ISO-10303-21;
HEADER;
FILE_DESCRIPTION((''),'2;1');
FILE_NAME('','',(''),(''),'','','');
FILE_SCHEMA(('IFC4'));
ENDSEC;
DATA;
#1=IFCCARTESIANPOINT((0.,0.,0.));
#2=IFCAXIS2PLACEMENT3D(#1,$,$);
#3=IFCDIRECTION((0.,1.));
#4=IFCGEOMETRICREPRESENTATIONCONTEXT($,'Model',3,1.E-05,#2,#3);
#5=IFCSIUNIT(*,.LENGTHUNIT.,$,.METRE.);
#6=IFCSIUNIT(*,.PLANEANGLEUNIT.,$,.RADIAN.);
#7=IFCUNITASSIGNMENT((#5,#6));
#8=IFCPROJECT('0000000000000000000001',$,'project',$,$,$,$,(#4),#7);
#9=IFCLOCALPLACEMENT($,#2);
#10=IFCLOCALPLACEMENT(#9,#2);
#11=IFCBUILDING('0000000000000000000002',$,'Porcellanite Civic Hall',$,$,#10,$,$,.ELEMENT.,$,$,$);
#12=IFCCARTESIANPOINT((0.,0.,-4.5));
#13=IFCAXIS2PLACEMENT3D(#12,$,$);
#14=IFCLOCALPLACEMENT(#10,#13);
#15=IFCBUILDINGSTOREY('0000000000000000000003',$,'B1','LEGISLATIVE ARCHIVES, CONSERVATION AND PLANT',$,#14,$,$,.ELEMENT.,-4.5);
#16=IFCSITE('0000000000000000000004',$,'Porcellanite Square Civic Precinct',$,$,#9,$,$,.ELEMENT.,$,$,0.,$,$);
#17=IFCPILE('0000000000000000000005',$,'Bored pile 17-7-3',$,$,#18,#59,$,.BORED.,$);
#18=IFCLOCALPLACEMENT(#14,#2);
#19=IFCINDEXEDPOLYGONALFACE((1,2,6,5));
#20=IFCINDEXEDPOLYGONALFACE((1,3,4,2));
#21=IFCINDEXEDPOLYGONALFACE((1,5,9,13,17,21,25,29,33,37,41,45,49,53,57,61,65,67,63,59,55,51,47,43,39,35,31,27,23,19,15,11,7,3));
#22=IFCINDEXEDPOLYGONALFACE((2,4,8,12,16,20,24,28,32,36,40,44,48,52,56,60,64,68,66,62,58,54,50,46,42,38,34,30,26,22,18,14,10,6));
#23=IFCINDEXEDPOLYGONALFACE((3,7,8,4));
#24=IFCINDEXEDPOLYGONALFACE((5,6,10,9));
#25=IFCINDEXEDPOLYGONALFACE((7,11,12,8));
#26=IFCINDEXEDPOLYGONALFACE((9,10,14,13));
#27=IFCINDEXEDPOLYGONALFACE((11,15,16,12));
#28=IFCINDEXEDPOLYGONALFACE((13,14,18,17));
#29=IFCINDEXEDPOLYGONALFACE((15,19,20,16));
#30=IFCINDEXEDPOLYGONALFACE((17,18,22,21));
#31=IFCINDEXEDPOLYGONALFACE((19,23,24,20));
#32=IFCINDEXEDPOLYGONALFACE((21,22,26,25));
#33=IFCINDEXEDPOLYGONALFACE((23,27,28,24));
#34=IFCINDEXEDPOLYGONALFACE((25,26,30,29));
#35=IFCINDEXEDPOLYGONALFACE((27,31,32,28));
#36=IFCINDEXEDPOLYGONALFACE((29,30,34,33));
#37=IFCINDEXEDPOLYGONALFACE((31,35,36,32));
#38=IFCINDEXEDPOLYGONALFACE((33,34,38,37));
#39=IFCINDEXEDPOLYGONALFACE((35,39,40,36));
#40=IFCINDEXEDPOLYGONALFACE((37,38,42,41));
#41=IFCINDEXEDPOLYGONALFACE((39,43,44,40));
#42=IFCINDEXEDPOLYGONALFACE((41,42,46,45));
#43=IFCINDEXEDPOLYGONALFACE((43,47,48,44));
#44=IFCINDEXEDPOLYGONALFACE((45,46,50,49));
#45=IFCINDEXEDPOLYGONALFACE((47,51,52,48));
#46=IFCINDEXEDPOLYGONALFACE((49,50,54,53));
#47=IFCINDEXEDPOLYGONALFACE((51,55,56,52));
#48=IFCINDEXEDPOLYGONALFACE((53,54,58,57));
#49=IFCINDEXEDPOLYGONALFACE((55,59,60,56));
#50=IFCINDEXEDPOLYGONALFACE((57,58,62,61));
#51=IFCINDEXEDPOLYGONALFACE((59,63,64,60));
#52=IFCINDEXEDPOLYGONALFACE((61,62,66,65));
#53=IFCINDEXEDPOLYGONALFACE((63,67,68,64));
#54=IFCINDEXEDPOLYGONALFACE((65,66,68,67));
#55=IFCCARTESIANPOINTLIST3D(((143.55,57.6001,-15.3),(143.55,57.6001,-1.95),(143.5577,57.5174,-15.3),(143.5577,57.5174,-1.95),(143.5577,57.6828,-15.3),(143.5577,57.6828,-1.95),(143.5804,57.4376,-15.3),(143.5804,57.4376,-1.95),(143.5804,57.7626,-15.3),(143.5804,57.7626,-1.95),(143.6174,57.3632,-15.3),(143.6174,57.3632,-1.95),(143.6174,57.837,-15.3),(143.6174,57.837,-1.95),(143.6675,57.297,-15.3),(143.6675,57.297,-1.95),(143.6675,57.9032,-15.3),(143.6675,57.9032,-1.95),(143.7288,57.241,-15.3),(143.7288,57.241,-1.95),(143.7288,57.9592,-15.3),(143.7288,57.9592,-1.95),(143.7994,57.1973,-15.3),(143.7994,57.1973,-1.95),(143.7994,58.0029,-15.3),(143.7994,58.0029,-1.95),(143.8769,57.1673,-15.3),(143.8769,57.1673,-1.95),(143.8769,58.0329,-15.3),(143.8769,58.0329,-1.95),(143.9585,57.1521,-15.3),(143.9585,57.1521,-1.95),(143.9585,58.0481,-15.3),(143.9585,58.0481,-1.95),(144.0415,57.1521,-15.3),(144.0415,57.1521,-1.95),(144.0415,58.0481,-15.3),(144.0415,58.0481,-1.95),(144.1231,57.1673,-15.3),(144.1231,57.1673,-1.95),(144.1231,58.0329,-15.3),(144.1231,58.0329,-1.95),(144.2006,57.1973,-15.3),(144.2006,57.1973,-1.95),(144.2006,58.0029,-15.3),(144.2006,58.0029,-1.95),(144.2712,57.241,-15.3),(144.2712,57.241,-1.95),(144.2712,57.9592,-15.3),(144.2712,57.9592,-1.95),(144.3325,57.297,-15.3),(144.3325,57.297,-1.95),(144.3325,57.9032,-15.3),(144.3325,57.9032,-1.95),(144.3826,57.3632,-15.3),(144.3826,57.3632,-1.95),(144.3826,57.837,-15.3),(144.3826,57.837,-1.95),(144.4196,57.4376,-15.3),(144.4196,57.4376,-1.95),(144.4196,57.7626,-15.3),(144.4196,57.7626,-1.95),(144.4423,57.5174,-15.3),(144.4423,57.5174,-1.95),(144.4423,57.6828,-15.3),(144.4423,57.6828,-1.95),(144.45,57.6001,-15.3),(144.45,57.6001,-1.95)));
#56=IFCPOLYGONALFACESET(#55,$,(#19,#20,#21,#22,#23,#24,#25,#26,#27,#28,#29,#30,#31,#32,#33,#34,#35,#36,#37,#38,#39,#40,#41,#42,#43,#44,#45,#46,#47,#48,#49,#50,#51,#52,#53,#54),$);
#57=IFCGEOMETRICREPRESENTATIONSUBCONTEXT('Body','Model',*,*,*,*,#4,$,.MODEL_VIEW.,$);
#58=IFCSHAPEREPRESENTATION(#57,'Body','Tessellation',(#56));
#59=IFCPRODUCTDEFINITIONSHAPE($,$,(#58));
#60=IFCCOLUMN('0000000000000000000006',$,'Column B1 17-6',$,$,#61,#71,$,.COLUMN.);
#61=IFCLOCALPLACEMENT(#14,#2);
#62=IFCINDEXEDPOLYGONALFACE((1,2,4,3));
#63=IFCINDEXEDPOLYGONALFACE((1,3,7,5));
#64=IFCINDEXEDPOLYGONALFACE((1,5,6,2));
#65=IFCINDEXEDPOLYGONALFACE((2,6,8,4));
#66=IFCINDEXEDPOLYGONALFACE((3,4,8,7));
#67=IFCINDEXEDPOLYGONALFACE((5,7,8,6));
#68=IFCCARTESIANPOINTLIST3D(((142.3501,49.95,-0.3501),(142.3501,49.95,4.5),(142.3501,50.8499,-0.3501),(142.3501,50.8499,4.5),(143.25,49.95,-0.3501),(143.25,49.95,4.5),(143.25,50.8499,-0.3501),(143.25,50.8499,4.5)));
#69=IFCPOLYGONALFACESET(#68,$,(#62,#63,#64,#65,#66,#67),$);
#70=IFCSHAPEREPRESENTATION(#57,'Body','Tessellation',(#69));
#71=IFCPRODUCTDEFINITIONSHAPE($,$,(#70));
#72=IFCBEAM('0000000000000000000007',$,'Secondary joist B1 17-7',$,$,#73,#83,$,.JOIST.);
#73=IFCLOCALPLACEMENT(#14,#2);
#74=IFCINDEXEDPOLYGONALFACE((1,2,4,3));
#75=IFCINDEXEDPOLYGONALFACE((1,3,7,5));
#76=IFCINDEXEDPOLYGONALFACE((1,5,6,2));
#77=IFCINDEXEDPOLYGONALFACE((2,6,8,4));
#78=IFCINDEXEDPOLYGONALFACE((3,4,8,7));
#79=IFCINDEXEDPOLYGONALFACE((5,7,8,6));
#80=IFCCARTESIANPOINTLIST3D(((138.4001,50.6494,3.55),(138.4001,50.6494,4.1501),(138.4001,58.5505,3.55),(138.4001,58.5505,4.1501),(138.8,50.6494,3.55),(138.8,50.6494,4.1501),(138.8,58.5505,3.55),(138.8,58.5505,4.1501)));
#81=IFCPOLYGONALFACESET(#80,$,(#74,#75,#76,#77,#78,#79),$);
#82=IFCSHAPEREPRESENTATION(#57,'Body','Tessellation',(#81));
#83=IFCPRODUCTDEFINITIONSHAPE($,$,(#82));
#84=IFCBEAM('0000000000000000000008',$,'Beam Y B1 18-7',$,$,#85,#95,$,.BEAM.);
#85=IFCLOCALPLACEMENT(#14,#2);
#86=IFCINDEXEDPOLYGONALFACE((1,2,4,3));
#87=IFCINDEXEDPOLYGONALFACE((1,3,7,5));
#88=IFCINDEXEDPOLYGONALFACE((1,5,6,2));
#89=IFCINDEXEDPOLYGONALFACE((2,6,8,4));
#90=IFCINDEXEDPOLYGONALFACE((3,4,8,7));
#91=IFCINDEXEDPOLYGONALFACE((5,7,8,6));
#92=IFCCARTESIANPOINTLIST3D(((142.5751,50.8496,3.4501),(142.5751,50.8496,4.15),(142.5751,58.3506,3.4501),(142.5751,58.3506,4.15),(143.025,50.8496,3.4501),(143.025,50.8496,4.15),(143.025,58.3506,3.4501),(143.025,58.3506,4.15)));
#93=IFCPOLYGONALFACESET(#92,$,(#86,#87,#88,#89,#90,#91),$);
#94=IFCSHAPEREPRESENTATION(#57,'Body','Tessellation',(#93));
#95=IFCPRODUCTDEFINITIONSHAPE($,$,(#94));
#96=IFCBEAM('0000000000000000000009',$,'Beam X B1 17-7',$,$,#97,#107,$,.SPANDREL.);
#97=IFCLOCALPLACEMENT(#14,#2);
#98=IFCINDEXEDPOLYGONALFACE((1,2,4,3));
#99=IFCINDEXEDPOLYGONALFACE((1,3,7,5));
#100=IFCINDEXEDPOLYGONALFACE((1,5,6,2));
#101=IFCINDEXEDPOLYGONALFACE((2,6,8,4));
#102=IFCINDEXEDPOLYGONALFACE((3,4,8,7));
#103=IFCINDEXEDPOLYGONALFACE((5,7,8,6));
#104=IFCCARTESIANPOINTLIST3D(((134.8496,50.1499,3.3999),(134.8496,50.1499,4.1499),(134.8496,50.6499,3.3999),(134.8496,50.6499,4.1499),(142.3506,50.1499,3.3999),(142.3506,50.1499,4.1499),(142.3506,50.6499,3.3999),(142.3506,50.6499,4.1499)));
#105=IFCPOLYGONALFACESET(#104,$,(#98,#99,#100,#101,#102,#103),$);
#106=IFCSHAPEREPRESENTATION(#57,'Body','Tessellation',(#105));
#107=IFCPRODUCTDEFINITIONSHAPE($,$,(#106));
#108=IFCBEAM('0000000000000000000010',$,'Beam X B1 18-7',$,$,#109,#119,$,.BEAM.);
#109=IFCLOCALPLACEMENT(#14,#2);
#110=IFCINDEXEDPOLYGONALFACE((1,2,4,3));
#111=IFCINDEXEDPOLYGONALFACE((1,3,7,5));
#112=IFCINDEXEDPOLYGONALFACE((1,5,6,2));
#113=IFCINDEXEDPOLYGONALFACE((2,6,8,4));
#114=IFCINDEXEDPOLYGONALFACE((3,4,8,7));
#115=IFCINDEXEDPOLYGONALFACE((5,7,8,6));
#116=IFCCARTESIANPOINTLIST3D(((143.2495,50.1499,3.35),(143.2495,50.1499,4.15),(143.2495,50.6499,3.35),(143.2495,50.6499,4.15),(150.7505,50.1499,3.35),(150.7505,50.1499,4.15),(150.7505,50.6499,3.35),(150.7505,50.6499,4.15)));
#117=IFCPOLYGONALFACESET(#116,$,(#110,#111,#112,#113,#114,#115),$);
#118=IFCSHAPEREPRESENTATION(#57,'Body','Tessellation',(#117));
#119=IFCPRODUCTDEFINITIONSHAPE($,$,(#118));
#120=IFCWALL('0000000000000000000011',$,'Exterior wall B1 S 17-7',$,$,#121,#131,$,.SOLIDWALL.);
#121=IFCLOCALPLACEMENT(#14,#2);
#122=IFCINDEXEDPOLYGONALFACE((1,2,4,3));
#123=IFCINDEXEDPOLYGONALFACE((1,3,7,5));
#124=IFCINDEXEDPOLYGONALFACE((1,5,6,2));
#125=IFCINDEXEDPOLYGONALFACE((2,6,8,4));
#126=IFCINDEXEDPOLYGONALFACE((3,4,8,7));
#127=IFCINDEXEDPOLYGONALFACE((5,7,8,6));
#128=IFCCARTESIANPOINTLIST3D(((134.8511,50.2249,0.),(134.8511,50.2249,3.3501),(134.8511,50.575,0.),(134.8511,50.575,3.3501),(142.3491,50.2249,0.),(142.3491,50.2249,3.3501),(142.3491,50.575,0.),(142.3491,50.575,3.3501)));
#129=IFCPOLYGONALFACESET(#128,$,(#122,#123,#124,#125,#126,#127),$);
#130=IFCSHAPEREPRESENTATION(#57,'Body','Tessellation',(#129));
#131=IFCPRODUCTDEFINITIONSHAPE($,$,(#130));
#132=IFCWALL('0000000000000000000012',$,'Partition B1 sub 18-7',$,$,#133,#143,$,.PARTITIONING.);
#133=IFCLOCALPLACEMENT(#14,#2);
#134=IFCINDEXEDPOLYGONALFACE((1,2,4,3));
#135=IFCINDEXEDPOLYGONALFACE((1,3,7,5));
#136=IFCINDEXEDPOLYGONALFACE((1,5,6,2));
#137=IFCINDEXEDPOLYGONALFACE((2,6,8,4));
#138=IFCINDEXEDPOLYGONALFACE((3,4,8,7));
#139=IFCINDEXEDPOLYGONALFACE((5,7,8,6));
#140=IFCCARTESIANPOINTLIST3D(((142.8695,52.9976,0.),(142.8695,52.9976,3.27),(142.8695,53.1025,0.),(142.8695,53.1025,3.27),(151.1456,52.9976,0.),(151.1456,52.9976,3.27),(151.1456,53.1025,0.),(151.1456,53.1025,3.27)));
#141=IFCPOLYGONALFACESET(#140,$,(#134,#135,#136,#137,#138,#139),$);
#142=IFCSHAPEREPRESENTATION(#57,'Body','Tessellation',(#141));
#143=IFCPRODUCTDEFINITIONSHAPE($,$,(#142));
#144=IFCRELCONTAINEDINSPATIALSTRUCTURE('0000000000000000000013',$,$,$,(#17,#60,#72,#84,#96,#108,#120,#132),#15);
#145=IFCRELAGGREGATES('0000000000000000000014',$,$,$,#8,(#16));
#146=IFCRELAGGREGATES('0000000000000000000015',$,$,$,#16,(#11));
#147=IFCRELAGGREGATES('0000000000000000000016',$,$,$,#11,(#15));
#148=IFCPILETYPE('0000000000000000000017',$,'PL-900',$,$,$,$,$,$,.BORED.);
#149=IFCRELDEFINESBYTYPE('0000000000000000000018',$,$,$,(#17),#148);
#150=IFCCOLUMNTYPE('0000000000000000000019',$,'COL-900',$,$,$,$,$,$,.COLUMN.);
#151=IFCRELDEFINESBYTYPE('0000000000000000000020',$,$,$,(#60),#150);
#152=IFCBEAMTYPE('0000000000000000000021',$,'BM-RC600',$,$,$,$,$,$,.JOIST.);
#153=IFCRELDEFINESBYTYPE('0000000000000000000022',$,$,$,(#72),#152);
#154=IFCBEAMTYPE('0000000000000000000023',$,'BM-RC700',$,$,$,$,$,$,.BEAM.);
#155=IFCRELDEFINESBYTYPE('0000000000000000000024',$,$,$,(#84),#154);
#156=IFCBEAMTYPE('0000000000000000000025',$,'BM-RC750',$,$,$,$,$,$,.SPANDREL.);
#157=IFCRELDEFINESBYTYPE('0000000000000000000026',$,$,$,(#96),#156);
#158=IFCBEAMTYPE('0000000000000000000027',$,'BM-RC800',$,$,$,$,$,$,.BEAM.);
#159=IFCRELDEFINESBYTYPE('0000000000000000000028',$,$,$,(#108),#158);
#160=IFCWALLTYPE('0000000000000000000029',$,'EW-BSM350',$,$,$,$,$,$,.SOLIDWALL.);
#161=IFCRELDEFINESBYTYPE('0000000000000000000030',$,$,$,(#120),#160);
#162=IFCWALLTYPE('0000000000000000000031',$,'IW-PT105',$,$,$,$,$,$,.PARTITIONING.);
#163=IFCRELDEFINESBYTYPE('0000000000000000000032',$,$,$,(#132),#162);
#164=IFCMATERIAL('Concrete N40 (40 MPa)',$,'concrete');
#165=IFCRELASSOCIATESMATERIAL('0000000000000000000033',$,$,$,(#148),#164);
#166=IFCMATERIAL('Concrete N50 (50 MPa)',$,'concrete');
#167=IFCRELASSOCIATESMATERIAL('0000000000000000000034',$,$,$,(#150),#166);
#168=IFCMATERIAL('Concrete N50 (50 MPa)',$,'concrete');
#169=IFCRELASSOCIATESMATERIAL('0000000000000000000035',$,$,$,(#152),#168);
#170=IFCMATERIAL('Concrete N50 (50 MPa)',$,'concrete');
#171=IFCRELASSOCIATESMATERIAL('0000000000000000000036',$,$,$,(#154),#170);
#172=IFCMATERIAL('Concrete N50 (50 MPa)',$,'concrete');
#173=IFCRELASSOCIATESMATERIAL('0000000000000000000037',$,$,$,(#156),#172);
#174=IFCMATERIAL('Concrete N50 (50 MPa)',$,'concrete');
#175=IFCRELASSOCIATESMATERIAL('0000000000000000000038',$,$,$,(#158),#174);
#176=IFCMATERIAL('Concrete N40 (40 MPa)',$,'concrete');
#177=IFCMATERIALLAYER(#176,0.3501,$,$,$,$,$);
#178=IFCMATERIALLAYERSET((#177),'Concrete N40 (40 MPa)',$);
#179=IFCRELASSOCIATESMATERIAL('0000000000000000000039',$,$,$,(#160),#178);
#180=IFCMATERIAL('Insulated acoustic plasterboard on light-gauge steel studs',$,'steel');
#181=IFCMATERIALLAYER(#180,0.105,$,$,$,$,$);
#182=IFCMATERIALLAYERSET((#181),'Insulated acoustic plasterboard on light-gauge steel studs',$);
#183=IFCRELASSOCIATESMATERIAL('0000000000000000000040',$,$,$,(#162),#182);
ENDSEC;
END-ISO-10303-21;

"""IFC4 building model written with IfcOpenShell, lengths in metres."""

from ifc_helpers import new_model, si_unit, direction, frame, frame_2d, origin, origin_2d, place, context, subcontext, project, spatial, rectangle, circle, extrude, material, layer, layer_set, material_profile, profile_set, type_object, element, save


model = new_model("IFC4")

# Units and contexts
model_context = context("Model", 3, precision=1e-05, world=origin(), true_north=direction((0.0, 1.0)))
body_context = subcontext(model_context, "Body", "Model", "MODEL_VIEW")
ifc_project = project(units=[si_unit("LENGTHUNIT", "METRE"), si_unit("PLANEANGLEUNIT", "RADIAN")], contexts=[model_context])

# Site, building, storey
site_placement = place(None, origin())
site = spatial("IfcSite", under=ifc_project, at=site_placement, Name="Porcellanite Square Civic Precinct", CompositionType="ELEMENT", RefElevation=0.0)
building_placement = place(site_placement, origin())
building = spatial("IfcBuilding", under=site, at=building_placement, Name="Porcellanite Civic Hall", CompositionType="ELEMENT")
storey_placement = place(building_placement, frame((0.0, 0.0, -4.5)))
storey = spatial("IfcBuildingStorey", under=building, at=storey_placement, Name="B1", Description="LEGISLATIVE ARCHIVES, CONSERVATION AND PLANT", CompositionType="ELEMENT", Elevation=-4.5)

# Pile
ifc_material_1 = material(Name="Concrete N40 (40 MPa)", Category="concrete")
ifc_material_profile_1 = material_profile(ifc_material_1, circle(Radius=0.45, at=origin_2d()), Name="PILE-D900")
ifc_profile_set_1 = profile_set([ifc_material_profile_1], Name="Concrete N40 (40 MPa)")
pile_type = type_object("IfcPileType", Name="PL-900", PredefinedType="BORED", material=ifc_profile_set_1)
for number, where, z_axis, x_axis, name in (
    (1, (144.0, 57.6001, -1.95), (0.0, 0.0, -1.0), (1.0, 0.0, 0.0), "Bored pile 17-7-3"),
):
    element("IfcPile", number, at=place(storey_placement, frame(where, z_axis=z_axis, x_axis=x_axis)), inside=storey, type_object=pile_type, Name=name, PredefinedType="BORED", context=body_context, shape_type="SweptSolid", body=[
        extrude(circle(Radius=0.45, at=origin_2d()), origin(), (0.0, 0.0, 1.0), 13.3501),
    ])

# Column
ifc_material_2 = material(Name="Concrete N50 (50 MPa)", Category="concrete")
ifc_material_profile_2 = material_profile(ifc_material_2, rectangle(XDim=0.8999, YDim=0.8999, at=origin_2d()), Name="RC-900x900")
ifc_profile_set_2 = profile_set([ifc_material_profile_2], Name="Concrete N50 (50 MPa)")
column_type = type_object("IfcColumnType", Name="COL-900", PredefinedType="COLUMN", material=ifc_profile_set_2)
column_placement = place(storey_placement, frame((142.8, 50.3999, -0.3501), z_axis=(0.0, 0.0, 1.0), x_axis=(1.0, 0.0, 0.0)))
element("IfcColumn", 2, at=column_placement, inside=storey, type_object=column_type, Name="Column B1 17-6", PredefinedType="COLUMN", context=body_context, shape_type="SweptSolid", body=[
    extrude(rectangle(XDim=0.8999, YDim=0.8999, at=origin_2d()), origin(), (0.0, 0.0, 1.0), 4.8501),
])

# Beams
ifc_material_3 = material(Name="Concrete N50 (50 MPa)", Category="concrete")
ifc_material_profile_3 = material_profile(ifc_material_3, rectangle(XDim=0.3999, YDim=0.6001, at=origin_2d()), Name="RC-400x600")
ifc_profile_set_3 = profile_set([ifc_material_profile_3], Name="Concrete N50 (50 MPa)")
beam_type_1 = type_object("IfcBeamType", Name="BM-RC600", PredefinedType="JOIST", material=ifc_profile_set_3)
beam_1_placement = place(storey_placement, frame((138.6001, 50.6494, 3.8501), z_axis=(0.0, 1.0, 0.0), x_axis=(-1.0, 0.0, 0.0)))
element("IfcBeam", 3, at=beam_1_placement, inside=storey, type_object=beam_type_1, Name="Secondary joist B1 17-7", PredefinedType="JOIST", context=body_context, shape_type="SweptSolid", body=[
    extrude(rectangle(XDim=0.3999, YDim=0.6001, at=origin_2d()), origin(), (0.0, 0.0, 1.0), 7.9011),
])
ifc_material_4 = material(Name="Concrete N50 (50 MPa)", Category="concrete")
ifc_material_profile_4 = material_profile(ifc_material_4, rectangle(XDim=0.45, YDim=0.7, at=origin_2d()), Name="RC-450x700")
ifc_profile_set_4 = profile_set([ifc_material_profile_4], Name="Concrete N50 (50 MPa)")
beam_type_2 = type_object("IfcBeamType", Name="BM-RC700", PredefinedType="BEAM", material=ifc_profile_set_4)
beam_2_placement = place(storey_placement, frame((142.8, 50.8496, 3.8), z_axis=(0.0, 1.0, 0.0), x_axis=(-1.0, 0.0, 0.0)))
element("IfcBeam", 4, at=beam_2_placement, inside=storey, type_object=beam_type_2, Name="Beam Y B1 18-7", PredefinedType="BEAM", context=body_context, shape_type="SweptSolid", body=[
    extrude(rectangle(XDim=0.45, YDim=0.7, at=origin_2d()), origin(), (0.0, 0.0, 1.0), 7.501),
])
ifc_material_5 = material(Name="Concrete N50 (50 MPa)", Category="concrete")
ifc_material_profile_5 = material_profile(ifc_material_5, rectangle(XDim=0.5, YDim=0.75, at=origin_2d()), Name="RC-500x750")
ifc_profile_set_5 = profile_set([ifc_material_profile_5], Name="Concrete N50 (50 MPa)")
beam_type_3 = type_object("IfcBeamType", Name="BM-RC750", PredefinedType="SPANDREL", material=ifc_profile_set_5)
beam_3_placement = place(storey_placement, frame((134.8496, 50.3999, 3.7749), z_axis=(1.0, 0.0, 0.0), x_axis=(0.0, 1.0, 0.0)))
element("IfcBeam", 5, at=beam_3_placement, inside=storey, type_object=beam_type_3, Name="Beam X B1 17-7", PredefinedType="SPANDREL", context=body_context, shape_type="SweptSolid", body=[
    extrude(rectangle(XDim=0.5, YDim=0.75, at=origin_2d()), origin(), (0.0, 0.0, 1.0), 7.501),
])
ifc_material_6 = material(Name="Concrete N50 (50 MPa)", Category="concrete")
ifc_material_profile_6 = material_profile(ifc_material_6, rectangle(XDim=0.5, YDim=0.8, at=origin_2d()), Name="RC-500x800")
ifc_profile_set_6 = profile_set([ifc_material_profile_6], Name="Concrete N50 (50 MPa)")
beam_type_4 = type_object("IfcBeamType", Name="BM-RC800", PredefinedType="BEAM", material=ifc_profile_set_6)
beam_4_placement = place(storey_placement, frame((143.2495, 50.3999, 3.75), z_axis=(1.0, 0.0, 0.0), x_axis=(0.0, 1.0, 0.0)))
element("IfcBeam", 6, at=beam_4_placement, inside=storey, type_object=beam_type_4, Name="Beam X B1 18-7", PredefinedType="BEAM", context=body_context, shape_type="SweptSolid", body=[
    extrude(rectangle(XDim=0.5, YDim=0.8, at=origin_2d()), origin(), (0.0, 0.0, 1.0), 7.501),
])

# Walls
ifc_material_7 = material(Name="Concrete N40 (40 MPa)", Category="concrete")
ifc_layer_1 = layer(ifc_material_7, 0.3501)
ifc_layer_set_1 = layer_set([ifc_layer_1], Name="Concrete N40 (40 MPa)")
wall_type_1 = type_object("IfcWallType", Name="EW-BSM350", PredefinedType="SOLIDWALL", material=ifc_layer_set_1)
wall_1_placement = place(storey_placement, frame((142.3491, 50.3999, 0.0), z_axis=(0.0, 0.0, 1.0), x_axis=(-1.0, 0.0, 0.0)))
element("IfcWall", 7, at=wall_1_placement, inside=storey, type_object=wall_type_1, Name="Exterior wall B1 S 17-7", PredefinedType="SOLIDWALL", context=body_context, shape_type="SweptSolid", body=[
    extrude(rectangle(XDim=7.498, YDim=0.3501, at=frame_2d((3.749, 0.0))), origin(), (0.0, 0.0, 1.0), 3.3501),
])
ifc_material_8 = material(Name="Insulated acoustic plasterboard on light-gauge steel studs", Category="steel")
ifc_layer_2 = layer(ifc_material_8, 0.105)
ifc_layer_set_2 = layer_set([ifc_layer_2], Name="Insulated acoustic plasterboard on light-gauge steel studs")
wall_type_2 = type_object("IfcWallType", Name="IW-PT105", PredefinedType="PARTITIONING", material=ifc_layer_set_2)
wall_2_placement = place(storey_placement, frame((142.8694, 53.05, 0.0), z_axis=(0.0, 0.0, 1.0), x_axis=(1.0, 0.0, 0.0)))
element("IfcWall", 8, at=wall_2_placement, inside=storey, type_object=wall_type_2, Name="Partition B1 sub 18-7", PredefinedType="PARTITIONING", context=body_context, shape_type="SweptSolid", body=[
    extrude(rectangle(XDim=8.2761, YDim=0.105, at=frame_2d((4.1382, 0.0))), origin(), (0.0, 0.0, 1.0), 3.27),
])

save(model, "model.ifc")
